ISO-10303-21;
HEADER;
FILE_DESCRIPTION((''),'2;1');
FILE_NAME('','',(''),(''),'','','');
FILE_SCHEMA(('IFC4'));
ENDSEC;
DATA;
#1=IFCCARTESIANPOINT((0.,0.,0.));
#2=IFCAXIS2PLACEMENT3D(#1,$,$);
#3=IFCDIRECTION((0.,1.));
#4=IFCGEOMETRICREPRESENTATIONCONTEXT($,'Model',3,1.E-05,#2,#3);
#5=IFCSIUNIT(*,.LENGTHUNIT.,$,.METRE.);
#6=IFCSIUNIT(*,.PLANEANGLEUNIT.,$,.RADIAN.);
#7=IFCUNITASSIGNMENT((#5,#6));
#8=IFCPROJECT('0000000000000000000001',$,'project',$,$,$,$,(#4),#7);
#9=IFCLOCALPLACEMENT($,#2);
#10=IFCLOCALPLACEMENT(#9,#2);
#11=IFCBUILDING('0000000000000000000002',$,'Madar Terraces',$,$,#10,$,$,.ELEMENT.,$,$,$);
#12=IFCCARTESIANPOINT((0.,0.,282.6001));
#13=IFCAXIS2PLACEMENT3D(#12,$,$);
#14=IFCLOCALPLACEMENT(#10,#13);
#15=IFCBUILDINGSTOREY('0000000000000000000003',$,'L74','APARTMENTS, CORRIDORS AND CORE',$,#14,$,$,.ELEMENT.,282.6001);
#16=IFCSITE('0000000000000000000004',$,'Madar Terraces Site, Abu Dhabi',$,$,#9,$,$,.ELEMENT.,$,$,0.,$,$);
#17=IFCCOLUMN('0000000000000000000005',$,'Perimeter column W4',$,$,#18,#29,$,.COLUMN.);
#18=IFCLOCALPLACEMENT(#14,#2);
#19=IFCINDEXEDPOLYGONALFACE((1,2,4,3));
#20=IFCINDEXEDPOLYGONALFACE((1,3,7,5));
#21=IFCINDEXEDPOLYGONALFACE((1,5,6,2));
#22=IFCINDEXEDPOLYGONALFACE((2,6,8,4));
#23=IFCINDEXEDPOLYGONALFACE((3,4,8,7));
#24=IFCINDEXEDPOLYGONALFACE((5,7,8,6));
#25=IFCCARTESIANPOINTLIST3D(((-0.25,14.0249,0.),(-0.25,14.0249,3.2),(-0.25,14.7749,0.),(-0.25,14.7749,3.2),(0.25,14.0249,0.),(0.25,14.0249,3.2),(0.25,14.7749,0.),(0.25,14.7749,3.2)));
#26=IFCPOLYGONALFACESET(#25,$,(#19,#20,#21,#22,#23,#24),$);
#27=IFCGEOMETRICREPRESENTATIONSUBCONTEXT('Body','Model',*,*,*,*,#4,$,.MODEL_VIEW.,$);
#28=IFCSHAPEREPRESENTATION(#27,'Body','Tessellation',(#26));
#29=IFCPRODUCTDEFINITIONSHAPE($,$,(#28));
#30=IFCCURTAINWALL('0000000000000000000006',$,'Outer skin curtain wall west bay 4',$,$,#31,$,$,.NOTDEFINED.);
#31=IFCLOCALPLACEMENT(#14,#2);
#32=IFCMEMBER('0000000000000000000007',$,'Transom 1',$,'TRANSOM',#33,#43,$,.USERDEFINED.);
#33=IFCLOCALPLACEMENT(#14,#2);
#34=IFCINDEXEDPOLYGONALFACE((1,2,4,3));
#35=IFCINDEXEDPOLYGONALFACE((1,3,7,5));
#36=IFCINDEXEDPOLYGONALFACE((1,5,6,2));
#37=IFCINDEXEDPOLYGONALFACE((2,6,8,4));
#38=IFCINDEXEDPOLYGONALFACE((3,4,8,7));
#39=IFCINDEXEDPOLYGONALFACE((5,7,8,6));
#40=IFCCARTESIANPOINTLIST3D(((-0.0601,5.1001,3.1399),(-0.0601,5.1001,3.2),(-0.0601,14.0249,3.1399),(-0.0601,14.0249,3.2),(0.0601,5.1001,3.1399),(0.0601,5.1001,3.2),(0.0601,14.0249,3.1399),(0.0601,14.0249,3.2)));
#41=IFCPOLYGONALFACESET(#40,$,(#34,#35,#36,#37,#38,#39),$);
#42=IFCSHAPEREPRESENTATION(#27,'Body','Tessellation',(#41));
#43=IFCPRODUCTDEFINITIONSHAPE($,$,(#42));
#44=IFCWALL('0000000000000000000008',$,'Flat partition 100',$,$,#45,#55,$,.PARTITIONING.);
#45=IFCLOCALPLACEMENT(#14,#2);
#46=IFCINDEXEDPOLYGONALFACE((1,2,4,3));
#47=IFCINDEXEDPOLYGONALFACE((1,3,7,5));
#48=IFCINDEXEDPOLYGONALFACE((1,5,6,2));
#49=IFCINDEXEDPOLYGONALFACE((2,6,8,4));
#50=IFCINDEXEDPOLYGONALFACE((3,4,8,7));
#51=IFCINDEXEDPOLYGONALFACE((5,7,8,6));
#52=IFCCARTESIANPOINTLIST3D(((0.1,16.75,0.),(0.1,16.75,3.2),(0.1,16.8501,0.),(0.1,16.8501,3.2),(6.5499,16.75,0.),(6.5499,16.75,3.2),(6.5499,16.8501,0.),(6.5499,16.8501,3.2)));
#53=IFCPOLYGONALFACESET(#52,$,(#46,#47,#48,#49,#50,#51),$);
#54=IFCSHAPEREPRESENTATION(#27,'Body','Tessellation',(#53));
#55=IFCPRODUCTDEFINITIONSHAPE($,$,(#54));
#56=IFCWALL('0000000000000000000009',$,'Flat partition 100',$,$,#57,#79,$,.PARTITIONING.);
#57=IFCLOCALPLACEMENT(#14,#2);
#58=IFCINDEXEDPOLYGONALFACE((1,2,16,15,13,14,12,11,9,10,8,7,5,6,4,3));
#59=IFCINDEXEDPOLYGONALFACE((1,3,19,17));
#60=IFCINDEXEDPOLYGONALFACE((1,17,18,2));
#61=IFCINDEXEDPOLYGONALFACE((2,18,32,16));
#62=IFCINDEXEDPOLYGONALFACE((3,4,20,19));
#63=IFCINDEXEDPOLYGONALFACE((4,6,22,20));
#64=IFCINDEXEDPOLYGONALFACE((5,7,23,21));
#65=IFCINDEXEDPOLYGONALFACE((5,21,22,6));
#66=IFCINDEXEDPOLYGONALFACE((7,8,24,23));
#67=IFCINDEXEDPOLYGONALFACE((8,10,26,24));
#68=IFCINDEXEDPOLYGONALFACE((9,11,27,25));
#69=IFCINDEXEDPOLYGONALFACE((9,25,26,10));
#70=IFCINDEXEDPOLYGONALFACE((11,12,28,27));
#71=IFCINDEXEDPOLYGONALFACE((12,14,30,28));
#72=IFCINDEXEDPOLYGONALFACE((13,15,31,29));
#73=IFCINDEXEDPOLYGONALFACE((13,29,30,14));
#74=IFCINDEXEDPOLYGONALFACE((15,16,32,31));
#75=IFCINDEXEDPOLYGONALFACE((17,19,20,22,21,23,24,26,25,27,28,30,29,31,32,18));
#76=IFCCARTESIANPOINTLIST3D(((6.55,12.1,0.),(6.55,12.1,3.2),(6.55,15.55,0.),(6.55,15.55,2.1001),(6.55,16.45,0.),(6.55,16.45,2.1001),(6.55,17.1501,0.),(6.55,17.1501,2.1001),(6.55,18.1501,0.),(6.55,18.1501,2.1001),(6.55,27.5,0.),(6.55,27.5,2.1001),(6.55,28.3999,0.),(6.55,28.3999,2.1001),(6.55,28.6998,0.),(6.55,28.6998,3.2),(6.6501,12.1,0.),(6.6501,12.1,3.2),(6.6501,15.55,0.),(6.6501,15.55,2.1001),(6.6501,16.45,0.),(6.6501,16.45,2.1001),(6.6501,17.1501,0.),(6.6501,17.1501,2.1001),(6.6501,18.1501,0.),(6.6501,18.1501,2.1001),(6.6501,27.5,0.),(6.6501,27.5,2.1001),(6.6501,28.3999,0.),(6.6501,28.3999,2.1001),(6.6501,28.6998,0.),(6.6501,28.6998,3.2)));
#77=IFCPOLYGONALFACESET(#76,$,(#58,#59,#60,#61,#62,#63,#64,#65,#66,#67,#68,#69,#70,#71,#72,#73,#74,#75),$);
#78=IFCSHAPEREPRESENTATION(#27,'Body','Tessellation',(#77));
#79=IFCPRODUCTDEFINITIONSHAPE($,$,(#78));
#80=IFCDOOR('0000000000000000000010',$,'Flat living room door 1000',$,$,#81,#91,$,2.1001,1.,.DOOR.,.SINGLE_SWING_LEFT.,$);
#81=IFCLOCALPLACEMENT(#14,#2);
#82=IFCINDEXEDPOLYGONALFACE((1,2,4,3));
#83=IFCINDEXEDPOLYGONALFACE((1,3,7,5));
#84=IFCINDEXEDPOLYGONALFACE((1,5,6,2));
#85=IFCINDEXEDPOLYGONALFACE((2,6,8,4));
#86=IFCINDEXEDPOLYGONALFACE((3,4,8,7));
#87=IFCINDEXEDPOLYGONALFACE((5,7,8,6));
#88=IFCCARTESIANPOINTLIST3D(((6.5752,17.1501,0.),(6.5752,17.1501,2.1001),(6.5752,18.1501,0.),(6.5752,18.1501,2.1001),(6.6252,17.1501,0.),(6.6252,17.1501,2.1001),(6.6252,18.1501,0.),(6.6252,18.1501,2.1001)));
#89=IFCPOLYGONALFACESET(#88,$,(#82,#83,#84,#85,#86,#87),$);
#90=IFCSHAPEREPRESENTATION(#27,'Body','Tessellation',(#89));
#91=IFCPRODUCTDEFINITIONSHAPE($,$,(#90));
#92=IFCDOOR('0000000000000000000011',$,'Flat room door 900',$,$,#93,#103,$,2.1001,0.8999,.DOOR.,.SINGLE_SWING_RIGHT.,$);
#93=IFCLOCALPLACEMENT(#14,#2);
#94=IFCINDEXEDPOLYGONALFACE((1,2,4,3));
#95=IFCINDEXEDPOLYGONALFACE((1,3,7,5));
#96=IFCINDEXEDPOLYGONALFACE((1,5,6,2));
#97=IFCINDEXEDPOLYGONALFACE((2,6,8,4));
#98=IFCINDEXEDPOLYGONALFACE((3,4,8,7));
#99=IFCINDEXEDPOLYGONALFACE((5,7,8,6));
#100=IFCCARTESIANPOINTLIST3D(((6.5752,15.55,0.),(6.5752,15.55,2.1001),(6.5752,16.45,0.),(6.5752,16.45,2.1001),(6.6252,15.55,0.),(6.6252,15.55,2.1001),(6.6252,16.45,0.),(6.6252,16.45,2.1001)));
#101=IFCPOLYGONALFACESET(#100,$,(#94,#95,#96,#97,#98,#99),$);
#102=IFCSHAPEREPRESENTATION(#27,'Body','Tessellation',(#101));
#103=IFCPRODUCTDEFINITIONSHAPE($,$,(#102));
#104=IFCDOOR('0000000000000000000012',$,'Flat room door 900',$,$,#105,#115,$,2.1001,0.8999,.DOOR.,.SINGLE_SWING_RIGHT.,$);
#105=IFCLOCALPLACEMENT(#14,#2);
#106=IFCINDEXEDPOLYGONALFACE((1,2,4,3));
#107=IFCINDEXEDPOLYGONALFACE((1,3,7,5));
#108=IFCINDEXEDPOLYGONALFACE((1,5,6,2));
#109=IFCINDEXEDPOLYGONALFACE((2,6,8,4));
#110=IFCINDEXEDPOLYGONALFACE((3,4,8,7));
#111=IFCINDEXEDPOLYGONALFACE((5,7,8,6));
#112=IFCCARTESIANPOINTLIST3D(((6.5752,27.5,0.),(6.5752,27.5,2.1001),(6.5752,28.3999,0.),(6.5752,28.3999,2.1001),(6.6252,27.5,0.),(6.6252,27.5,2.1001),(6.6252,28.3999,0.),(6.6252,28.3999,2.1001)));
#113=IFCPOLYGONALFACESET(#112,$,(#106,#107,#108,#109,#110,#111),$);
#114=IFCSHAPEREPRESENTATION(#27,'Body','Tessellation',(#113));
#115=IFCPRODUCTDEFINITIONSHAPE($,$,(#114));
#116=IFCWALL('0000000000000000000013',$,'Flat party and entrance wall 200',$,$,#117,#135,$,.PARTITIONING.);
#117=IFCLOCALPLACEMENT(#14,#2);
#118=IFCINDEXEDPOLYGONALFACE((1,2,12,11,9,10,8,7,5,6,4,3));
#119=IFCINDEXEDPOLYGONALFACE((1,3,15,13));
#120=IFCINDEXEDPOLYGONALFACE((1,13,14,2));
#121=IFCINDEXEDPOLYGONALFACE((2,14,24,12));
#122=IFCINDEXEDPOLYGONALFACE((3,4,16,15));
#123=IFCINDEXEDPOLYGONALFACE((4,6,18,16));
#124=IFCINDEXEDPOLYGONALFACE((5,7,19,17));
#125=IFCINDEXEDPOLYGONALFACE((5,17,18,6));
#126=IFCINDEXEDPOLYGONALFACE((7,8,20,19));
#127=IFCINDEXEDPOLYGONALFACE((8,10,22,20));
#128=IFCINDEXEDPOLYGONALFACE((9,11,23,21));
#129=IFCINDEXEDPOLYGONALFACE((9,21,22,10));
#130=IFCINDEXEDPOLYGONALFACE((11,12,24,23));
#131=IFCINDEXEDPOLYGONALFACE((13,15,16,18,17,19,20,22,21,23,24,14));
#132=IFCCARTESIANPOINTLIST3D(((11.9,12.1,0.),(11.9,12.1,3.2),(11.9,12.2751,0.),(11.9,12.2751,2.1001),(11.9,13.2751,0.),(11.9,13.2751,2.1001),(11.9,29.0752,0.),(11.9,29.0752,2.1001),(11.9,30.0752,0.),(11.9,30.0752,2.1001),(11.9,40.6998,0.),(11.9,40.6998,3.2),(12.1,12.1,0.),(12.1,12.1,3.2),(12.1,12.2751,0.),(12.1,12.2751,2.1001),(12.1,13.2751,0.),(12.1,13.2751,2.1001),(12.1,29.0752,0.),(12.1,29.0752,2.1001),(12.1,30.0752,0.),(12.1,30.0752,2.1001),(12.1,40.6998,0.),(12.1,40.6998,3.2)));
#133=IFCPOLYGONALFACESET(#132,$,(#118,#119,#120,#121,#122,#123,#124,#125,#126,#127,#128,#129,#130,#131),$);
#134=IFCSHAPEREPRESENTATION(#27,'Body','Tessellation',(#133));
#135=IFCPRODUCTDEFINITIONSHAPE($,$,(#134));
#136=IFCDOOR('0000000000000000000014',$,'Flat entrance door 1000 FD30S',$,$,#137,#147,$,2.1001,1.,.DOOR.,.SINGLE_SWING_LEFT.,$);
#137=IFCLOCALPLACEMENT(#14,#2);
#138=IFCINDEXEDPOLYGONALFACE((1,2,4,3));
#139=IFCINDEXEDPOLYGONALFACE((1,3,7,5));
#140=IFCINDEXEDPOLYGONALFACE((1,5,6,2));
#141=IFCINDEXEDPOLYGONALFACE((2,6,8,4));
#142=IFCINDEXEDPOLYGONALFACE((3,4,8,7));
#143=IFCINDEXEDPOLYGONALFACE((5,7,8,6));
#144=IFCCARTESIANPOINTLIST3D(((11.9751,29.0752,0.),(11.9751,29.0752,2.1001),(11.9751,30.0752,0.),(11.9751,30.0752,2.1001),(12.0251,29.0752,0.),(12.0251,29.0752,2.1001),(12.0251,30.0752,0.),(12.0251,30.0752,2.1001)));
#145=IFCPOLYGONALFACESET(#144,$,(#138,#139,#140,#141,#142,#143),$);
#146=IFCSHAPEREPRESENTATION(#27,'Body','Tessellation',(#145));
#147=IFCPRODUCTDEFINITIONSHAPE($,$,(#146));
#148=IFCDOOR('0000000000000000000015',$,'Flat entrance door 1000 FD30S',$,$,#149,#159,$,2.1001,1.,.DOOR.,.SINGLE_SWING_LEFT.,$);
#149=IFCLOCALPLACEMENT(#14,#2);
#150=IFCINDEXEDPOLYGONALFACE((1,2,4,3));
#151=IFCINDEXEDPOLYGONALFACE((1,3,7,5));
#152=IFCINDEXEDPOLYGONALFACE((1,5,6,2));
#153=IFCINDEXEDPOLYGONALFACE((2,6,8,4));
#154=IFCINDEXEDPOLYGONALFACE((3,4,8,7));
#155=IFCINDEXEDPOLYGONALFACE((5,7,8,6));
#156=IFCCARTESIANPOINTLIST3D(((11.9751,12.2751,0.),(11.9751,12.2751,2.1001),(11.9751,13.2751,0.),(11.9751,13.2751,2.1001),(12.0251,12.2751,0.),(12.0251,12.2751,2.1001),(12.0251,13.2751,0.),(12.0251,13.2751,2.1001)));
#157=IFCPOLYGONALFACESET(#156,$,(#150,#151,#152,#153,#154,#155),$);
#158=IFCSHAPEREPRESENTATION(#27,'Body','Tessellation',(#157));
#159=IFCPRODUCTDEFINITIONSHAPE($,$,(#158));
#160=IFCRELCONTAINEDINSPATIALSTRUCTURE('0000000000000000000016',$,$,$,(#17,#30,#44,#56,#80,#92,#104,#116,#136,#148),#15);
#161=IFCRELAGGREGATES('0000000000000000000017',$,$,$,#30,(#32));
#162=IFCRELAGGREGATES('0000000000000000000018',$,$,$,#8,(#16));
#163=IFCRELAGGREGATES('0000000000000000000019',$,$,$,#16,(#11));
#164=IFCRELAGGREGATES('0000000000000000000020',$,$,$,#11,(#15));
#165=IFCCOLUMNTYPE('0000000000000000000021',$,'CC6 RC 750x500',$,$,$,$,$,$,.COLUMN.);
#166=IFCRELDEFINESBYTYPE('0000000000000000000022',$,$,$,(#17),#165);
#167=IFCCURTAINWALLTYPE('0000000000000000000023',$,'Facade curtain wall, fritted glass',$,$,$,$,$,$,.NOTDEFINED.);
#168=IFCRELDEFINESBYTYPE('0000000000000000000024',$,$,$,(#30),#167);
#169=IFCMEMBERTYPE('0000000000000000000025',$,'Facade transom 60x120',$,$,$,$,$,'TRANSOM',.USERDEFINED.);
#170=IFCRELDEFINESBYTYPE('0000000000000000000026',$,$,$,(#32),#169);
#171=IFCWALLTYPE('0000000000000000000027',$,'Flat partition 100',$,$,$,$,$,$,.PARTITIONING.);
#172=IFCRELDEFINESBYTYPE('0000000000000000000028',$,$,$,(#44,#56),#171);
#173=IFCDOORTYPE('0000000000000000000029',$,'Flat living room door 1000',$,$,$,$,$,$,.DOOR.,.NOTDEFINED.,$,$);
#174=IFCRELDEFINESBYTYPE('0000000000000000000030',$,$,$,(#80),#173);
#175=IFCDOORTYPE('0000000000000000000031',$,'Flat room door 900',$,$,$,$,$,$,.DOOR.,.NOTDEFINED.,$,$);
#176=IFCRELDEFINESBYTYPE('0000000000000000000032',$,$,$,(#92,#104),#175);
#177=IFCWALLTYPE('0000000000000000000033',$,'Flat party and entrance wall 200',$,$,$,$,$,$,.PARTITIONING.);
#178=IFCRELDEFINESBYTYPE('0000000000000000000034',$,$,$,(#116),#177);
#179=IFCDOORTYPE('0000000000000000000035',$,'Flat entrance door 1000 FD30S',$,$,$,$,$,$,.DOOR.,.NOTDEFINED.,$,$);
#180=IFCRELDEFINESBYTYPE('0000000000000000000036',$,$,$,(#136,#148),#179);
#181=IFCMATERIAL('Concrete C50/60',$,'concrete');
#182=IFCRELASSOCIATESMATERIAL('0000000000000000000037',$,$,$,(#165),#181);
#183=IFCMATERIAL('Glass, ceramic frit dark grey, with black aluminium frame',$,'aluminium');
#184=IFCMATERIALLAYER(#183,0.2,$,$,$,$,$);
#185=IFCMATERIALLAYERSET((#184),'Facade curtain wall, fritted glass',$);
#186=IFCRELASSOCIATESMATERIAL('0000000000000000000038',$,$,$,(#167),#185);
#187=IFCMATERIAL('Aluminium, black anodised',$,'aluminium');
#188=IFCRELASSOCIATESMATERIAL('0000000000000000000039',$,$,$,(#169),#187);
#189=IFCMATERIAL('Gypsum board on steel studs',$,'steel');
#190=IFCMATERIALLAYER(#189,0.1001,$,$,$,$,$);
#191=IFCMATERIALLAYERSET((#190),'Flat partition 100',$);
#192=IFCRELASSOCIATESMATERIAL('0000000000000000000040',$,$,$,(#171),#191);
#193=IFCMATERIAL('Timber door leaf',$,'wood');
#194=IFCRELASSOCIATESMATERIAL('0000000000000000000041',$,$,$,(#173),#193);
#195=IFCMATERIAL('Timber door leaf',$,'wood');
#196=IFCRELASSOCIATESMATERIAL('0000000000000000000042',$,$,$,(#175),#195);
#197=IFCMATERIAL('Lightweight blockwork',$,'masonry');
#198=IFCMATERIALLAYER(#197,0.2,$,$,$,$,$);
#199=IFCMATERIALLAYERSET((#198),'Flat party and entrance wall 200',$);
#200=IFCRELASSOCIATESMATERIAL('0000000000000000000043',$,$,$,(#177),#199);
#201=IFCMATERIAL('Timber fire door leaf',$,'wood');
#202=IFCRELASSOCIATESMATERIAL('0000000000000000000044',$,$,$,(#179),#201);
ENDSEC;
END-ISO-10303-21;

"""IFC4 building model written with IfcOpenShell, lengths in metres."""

from ifc_helpers import new_model, si_unit, direction, frame, frame_2d, origin, origin_2d, place, context, subcontext, project, spatial, rectangle, extrude, material, layer, layer_set, material_profile, profile_set, type_object, element, fill, aggregate, save


model = new_model("IFC4")

# Units and contexts
model_context = context("Model", 3, precision=1e-05, world=origin(), true_north=direction((0.0, 1.0)))
body_context = subcontext(model_context, "Body", "Model", "MODEL_VIEW")
ifc_project = project(units=[si_unit("LENGTHUNIT", "METRE"), si_unit("PLANEANGLEUNIT", "RADIAN")], contexts=[model_context])

# Site, building, storey
site_placement = place(None, origin())
site = spatial("IfcSite", under=ifc_project, at=site_placement, Name="Madar Terraces Site, Abu Dhabi", CompositionType="ELEMENT", RefElevation=0.0)
building_placement = place(site_placement, origin())
building = spatial("IfcBuilding", under=site, at=building_placement, Name="Madar Terraces", CompositionType="ELEMENT")
storey_placement = place(building_placement, frame((0.0, 0.0, 282.6001)))
storey = spatial("IfcBuildingStorey", under=building, at=storey_placement, Name="L74", Description="APARTMENTS, CORRIDORS AND CORE", CompositionType="ELEMENT", Elevation=282.6001)

# Column
ifc_material_1 = material(Name="Concrete C50/60", Category="concrete")
ifc_material_profile_1 = material_profile(ifc_material_1, rectangle(XDim=0.75, YDim=0.5, at=origin_2d()), Name="CC6 RC 750x500")
ifc_profile_set_1 = profile_set([ifc_material_profile_1], Name="Concrete C50/60")
column_type = type_object("IfcColumnType", Name="CC6 RC 750x500", PredefinedType="COLUMN", material=ifc_profile_set_1)
column_placement = place(storey_placement, frame((0.0, 14.3999, 0.0), z_axis=(0.0, 0.0, 1.0), x_axis=(0.0, 1.0, 0.0)))
element("IfcColumn", 1, at=column_placement, inside=storey, type_object=column_type, Name="Perimeter column W4", PredefinedType="COLUMN", context=body_context, shape_type="SweptSolid", body=[
    extrude(rectangle(XDim=0.75, YDim=0.5, at=origin_2d()), origin(), (0.0, 0.0, 1.0), 3.2),
])

# Curtain wall, member
ifc_material_2 = material(Name="Glass, ceramic frit dark grey, with black aluminium frame", Category="aluminium")
ifc_layer_1 = layer(ifc_material_2, 0.2)
ifc_layer_set_1 = layer_set([ifc_layer_1], Name="Facade curtain wall, fritted glass")
curtain_wall_type = type_object("IfcCurtainWallType", Name="Facade curtain wall, fritted glass", PredefinedType="NOTDEFINED", material=ifc_layer_set_1)
curtain_wall_placement = place(storey_placement, origin())
curtain_wall = element("IfcCurtainWall", 2, at=curtain_wall_placement, inside=storey, type_object=curtain_wall_type, Name="Outer skin curtain wall west bay 4", PredefinedType="NOTDEFINED")
ifc_material_3 = material(Name="Aluminium, black anodised", Category="aluminium")
ifc_material_profile_2 = material_profile(ifc_material_3, rectangle(XDim=0.1201, YDim=0.0601, at=origin_2d()), Name="Facade transom 60x120")
ifc_profile_set_2 = profile_set([ifc_material_profile_2], Name="Aluminium, black anodised")
member_type = type_object("IfcMemberType", Name="Facade transom 60x120", ElementType="TRANSOM", PredefinedType="USERDEFINED", material=ifc_profile_set_2)
member_placement = place(storey_placement, frame((0.0, 14.0249, 3.1699), z_axis=(0.0, -1.0, 0.0), x_axis=(1.0, 0.0, 0.0)))
member = element("IfcMember", 3, at=member_placement, type_object=member_type, Name="Transom 1", ObjectType="TRANSOM", PredefinedType="USERDEFINED", context=body_context, shape_type="SweptSolid", body=[
    extrude(rectangle(XDim=0.1201, YDim=0.0601, at=origin_2d()), origin(), (0.0, 0.0, 1.0), 8.9248),
])
aggregate(curtain_wall, [member])

# Wall
ifc_material_4 = material(Name="Gypsum board on steel studs", Category="steel")
ifc_layer_2 = layer(ifc_material_4, 0.1001)
ifc_layer_set_2 = layer_set([ifc_layer_2], Name="Flat partition 100")
wall_type_1 = type_object("IfcWallType", Name="Flat partition 100", PredefinedType="PARTITIONING", material=ifc_layer_set_2)
wall_1_placement = place(storey_placement, frame((6.55, 16.8, 0.0), z_axis=(0.0, 0.0, 1.0), x_axis=(-1.0, 0.0, 0.0)))
element("IfcWall", 4, at=wall_1_placement, inside=storey, type_object=wall_type_1, Name="Flat partition 100", PredefinedType="PARTITIONING", context=body_context, shape_type="SweptSolid", body=[
    extrude(rectangle(XDim=6.45, YDim=0.1001, at=frame_2d((3.2251, 0.0))), origin(), (0.0, 0.0, 1.0), 3.2),
])

# Walls, openings, doors
wall_2_placement = place(storey_placement, frame((6.6001, 12.1001, 0.0), z_axis=(0.0, 0.0, 1.0), x_axis=(0.0, 1.0, 0.0)))
wall_2 = element("IfcWall", 5, at=wall_2_placement, inside=storey, type_object=wall_type_1, Name="Flat partition 100", PredefinedType="PARTITIONING", context=body_context, shape_type="SweptSolid", body=[
    extrude(rectangle(XDim=16.5999, YDim=0.1001, at=frame_2d((8.2998, 0.0))), origin(), (0.0, 0.0, 1.0), 3.2),
])
opening_1_placement = place(wall_2_placement, frame((3.45, 0.0, 0.0)))
opening_1 = element("IfcOpeningElement", 6, at=opening_1_placement, cuts=wall_2, PredefinedType="OPENING", context=body_context, shape_type="SweptSolid", body=[
    extrude(rectangle(XDim=0.8999, YDim=2.1001, at=frame_2d((0.45, 1.05))), frame((0.0, 0.0601, 0.0), z_axis=(0.0, -1.0, 0.0), x_axis=(1.0, 0.0, 0.0)), (0.0, 0.0, 1.0), 0.1201),
])
opening_2_placement = place(wall_2_placement, frame((5.05, 0.0, 0.0)))
opening_2 = element("IfcOpeningElement", 7, at=opening_2_placement, cuts=wall_2, PredefinedType="OPENING", context=body_context, shape_type="SweptSolid", body=[
    extrude(rectangle(XDim=1.0, YDim=2.1001, at=frame_2d((0.5, 1.05))), frame((0.0, 0.0601, 0.0), z_axis=(0.0, -1.0, 0.0), x_axis=(1.0, 0.0, 0.0)), (0.0, 0.0, 1.0), 0.1201),
])
opening_3_placement = place(wall_2_placement, frame((15.3999, 0.0, 0.0)))
opening_3 = element("IfcOpeningElement", 8, at=opening_3_placement, cuts=wall_2, PredefinedType="OPENING", context=body_context, shape_type="SweptSolid", body=[
    extrude(rectangle(XDim=0.8999, YDim=2.1001, at=frame_2d((0.45, 1.05))), frame((0.0, 0.0601, 0.0), z_axis=(0.0, -1.0, 0.0), x_axis=(1.0, 0.0, 0.0)), (0.0, 0.0, 1.0), 0.1201),
])
ifc_material_5 = material(Name="Timber door leaf", Category="wood")
door_type_1 = type_object("IfcDoorType", Name="Flat living room door 1000", OperationType="NOTDEFINED", PredefinedType="DOOR", material=ifc_material_5)
door_1_placement = place(opening_2_placement, origin())
door_1 = element("IfcDoor", 9, at=door_1_placement, inside=storey, type_object=door_type_1, Name="Flat living room door 1000", OperationType="SINGLE_SWING_LEFT", OverallHeight=2.1001, OverallWidth=1.0, PredefinedType="DOOR", context=body_context, shape_type="SweptSolid", body=[
    extrude(rectangle(XDim=1.0, YDim=2.1001, at=frame_2d((0.5, 1.05))), frame((0.0, 0.0249, 0.0), z_axis=(0.0, -1.0, 0.0), x_axis=(1.0, 0.0, 0.0)), (0.0, 0.0, 1.0), 0.05),
])
fill(opening_2, door_1)
ifc_material_6 = material(Name="Timber door leaf", Category="wood")
door_type_2 = type_object("IfcDoorType", Name="Flat room door 900", OperationType="NOTDEFINED", PredefinedType="DOOR", material=ifc_material_6)
door_2_placement = place(opening_1_placement, origin())
door_2 = element("IfcDoor", 10, at=door_2_placement, inside=storey, type_object=door_type_2, Name="Flat room door 900", OperationType="SINGLE_SWING_RIGHT", OverallHeight=2.1001, OverallWidth=0.8999, PredefinedType="DOOR", context=body_context, shape_type="SweptSolid", body=[
    extrude(rectangle(XDim=0.8999, YDim=2.1001, at=frame_2d((0.45, 1.05))), frame((0.0, 0.0249, 0.0), z_axis=(0.0, -1.0, 0.0), x_axis=(1.0, 0.0, 0.0)), (0.0, 0.0, 1.0), 0.05),
])
fill(opening_1, door_2)
door_3_placement = place(opening_3_placement, origin())
door_3 = element("IfcDoor", 11, at=door_3_placement, inside=storey, type_object=door_type_2, Name="Flat room door 900", OperationType="SINGLE_SWING_RIGHT", OverallHeight=2.1001, OverallWidth=0.8999, PredefinedType="DOOR", context=body_context, shape_type="SweptSolid", body=[
    extrude(rectangle(XDim=0.8999, YDim=2.1001, at=frame_2d((0.45, 1.05))), frame((0.0, 0.0249, 0.0), z_axis=(0.0, -1.0, 0.0), x_axis=(1.0, 0.0, 0.0)), (0.0, 0.0, 1.0), 0.05),
])
fill(opening_3, door_3)
ifc_material_7 = material(Name="Lightweight blockwork", Category="masonry")
ifc_layer_3 = layer(ifc_material_7, 0.2)
ifc_layer_set_3 = layer_set([ifc_layer_3], Name="Flat party and entrance wall 200")
wall_type_2 = type_object("IfcWallType", Name="Flat party and entrance wall 200", PredefinedType="PARTITIONING", material=ifc_layer_set_3)
wall_3_placement = place(storey_placement, frame((12.0, 12.1001, 0.0), z_axis=(0.0, 0.0, 1.0), x_axis=(0.0, 1.0, 0.0)))
wall_3 = element("IfcWall", 12, at=wall_3_placement, inside=storey, type_object=wall_type_2, Name="Flat party and entrance wall 200", PredefinedType="PARTITIONING", context=body_context, shape_type="SweptSolid", body=[
    extrude(rectangle(XDim=28.5999, YDim=0.2, at=frame_2d((14.2998, 0.0))), origin(), (0.0, 0.0, 1.0), 3.2),
])
opening_4_placement = place(wall_3_placement, frame((16.9751, 0.0, 0.0)))
opening_4 = element("IfcOpeningElement", 13, at=opening_4_placement, cuts=wall_3, PredefinedType="OPENING", context=body_context, shape_type="SweptSolid", body=[
    extrude(rectangle(XDim=1.0, YDim=2.1001, at=frame_2d((0.5, 1.05))), frame((0.0, 0.1099, 0.0), z_axis=(0.0, -1.0, 0.0), x_axis=(1.0, 0.0, 0.0)), (0.0, 0.0, 1.0), 0.22),
])
opening_5_placement = place(wall_3_placement, frame((0.175, 0.0, 0.0)))
opening_5 = element("IfcOpeningElement", 14, at=opening_5_placement, cuts=wall_3, PredefinedType="OPENING", context=body_context, shape_type="SweptSolid", body=[
    extrude(rectangle(XDim=1.0, YDim=2.1001, at=frame_2d((0.5, 1.05))), frame((0.0, 0.1099, 0.0), z_axis=(0.0, -1.0, 0.0), x_axis=(1.0, 0.0, 0.0)), (0.0, 0.0, 1.0), 0.22),
])
ifc_material_8 = material(Name="Timber fire door leaf", Category="wood")
door_type_3 = type_object("IfcDoorType", Name="Flat entrance door 1000 FD30S", OperationType="NOTDEFINED", PredefinedType="DOOR", material=ifc_material_8)
door_4_placement = place(opening_4_placement, origin())
door_4 = element("IfcDoor", 15, at=door_4_placement, inside=storey, type_object=door_type_3, Name="Flat entrance door 1000 FD30S", OperationType="SINGLE_SWING_LEFT", OverallHeight=2.1001, OverallWidth=1.0, PredefinedType="DOOR", context=body_context, shape_type="SweptSolid", body=[
    extrude(rectangle(XDim=1.0, YDim=2.1001, at=frame_2d((0.5, 1.05))), frame((0.0, 0.0249, 0.0), z_axis=(0.0, -1.0, 0.0), x_axis=(1.0, 0.0, 0.0)), (0.0, 0.0, 1.0), 0.05),
])
fill(opening_4, door_4)
door_5_placement = place(opening_5_placement, origin())
door_5 = element("IfcDoor", 16, at=door_5_placement, inside=storey, type_object=door_type_3, Name="Flat entrance door 1000 FD30S", OperationType="SINGLE_SWING_LEFT", OverallHeight=2.1001, OverallWidth=1.0, PredefinedType="DOOR", context=body_context, shape_type="SweptSolid", body=[
    extrude(rectangle(XDim=1.0, YDim=2.1001, at=frame_2d((0.5, 1.05))), frame((0.0, 0.0249, 0.0), z_axis=(0.0, -1.0, 0.0), x_axis=(1.0, 0.0, 0.0)), (0.0, 0.0, 1.0), 0.05),
])
fill(opening_5, door_5)

save(model, "model.ifc")
